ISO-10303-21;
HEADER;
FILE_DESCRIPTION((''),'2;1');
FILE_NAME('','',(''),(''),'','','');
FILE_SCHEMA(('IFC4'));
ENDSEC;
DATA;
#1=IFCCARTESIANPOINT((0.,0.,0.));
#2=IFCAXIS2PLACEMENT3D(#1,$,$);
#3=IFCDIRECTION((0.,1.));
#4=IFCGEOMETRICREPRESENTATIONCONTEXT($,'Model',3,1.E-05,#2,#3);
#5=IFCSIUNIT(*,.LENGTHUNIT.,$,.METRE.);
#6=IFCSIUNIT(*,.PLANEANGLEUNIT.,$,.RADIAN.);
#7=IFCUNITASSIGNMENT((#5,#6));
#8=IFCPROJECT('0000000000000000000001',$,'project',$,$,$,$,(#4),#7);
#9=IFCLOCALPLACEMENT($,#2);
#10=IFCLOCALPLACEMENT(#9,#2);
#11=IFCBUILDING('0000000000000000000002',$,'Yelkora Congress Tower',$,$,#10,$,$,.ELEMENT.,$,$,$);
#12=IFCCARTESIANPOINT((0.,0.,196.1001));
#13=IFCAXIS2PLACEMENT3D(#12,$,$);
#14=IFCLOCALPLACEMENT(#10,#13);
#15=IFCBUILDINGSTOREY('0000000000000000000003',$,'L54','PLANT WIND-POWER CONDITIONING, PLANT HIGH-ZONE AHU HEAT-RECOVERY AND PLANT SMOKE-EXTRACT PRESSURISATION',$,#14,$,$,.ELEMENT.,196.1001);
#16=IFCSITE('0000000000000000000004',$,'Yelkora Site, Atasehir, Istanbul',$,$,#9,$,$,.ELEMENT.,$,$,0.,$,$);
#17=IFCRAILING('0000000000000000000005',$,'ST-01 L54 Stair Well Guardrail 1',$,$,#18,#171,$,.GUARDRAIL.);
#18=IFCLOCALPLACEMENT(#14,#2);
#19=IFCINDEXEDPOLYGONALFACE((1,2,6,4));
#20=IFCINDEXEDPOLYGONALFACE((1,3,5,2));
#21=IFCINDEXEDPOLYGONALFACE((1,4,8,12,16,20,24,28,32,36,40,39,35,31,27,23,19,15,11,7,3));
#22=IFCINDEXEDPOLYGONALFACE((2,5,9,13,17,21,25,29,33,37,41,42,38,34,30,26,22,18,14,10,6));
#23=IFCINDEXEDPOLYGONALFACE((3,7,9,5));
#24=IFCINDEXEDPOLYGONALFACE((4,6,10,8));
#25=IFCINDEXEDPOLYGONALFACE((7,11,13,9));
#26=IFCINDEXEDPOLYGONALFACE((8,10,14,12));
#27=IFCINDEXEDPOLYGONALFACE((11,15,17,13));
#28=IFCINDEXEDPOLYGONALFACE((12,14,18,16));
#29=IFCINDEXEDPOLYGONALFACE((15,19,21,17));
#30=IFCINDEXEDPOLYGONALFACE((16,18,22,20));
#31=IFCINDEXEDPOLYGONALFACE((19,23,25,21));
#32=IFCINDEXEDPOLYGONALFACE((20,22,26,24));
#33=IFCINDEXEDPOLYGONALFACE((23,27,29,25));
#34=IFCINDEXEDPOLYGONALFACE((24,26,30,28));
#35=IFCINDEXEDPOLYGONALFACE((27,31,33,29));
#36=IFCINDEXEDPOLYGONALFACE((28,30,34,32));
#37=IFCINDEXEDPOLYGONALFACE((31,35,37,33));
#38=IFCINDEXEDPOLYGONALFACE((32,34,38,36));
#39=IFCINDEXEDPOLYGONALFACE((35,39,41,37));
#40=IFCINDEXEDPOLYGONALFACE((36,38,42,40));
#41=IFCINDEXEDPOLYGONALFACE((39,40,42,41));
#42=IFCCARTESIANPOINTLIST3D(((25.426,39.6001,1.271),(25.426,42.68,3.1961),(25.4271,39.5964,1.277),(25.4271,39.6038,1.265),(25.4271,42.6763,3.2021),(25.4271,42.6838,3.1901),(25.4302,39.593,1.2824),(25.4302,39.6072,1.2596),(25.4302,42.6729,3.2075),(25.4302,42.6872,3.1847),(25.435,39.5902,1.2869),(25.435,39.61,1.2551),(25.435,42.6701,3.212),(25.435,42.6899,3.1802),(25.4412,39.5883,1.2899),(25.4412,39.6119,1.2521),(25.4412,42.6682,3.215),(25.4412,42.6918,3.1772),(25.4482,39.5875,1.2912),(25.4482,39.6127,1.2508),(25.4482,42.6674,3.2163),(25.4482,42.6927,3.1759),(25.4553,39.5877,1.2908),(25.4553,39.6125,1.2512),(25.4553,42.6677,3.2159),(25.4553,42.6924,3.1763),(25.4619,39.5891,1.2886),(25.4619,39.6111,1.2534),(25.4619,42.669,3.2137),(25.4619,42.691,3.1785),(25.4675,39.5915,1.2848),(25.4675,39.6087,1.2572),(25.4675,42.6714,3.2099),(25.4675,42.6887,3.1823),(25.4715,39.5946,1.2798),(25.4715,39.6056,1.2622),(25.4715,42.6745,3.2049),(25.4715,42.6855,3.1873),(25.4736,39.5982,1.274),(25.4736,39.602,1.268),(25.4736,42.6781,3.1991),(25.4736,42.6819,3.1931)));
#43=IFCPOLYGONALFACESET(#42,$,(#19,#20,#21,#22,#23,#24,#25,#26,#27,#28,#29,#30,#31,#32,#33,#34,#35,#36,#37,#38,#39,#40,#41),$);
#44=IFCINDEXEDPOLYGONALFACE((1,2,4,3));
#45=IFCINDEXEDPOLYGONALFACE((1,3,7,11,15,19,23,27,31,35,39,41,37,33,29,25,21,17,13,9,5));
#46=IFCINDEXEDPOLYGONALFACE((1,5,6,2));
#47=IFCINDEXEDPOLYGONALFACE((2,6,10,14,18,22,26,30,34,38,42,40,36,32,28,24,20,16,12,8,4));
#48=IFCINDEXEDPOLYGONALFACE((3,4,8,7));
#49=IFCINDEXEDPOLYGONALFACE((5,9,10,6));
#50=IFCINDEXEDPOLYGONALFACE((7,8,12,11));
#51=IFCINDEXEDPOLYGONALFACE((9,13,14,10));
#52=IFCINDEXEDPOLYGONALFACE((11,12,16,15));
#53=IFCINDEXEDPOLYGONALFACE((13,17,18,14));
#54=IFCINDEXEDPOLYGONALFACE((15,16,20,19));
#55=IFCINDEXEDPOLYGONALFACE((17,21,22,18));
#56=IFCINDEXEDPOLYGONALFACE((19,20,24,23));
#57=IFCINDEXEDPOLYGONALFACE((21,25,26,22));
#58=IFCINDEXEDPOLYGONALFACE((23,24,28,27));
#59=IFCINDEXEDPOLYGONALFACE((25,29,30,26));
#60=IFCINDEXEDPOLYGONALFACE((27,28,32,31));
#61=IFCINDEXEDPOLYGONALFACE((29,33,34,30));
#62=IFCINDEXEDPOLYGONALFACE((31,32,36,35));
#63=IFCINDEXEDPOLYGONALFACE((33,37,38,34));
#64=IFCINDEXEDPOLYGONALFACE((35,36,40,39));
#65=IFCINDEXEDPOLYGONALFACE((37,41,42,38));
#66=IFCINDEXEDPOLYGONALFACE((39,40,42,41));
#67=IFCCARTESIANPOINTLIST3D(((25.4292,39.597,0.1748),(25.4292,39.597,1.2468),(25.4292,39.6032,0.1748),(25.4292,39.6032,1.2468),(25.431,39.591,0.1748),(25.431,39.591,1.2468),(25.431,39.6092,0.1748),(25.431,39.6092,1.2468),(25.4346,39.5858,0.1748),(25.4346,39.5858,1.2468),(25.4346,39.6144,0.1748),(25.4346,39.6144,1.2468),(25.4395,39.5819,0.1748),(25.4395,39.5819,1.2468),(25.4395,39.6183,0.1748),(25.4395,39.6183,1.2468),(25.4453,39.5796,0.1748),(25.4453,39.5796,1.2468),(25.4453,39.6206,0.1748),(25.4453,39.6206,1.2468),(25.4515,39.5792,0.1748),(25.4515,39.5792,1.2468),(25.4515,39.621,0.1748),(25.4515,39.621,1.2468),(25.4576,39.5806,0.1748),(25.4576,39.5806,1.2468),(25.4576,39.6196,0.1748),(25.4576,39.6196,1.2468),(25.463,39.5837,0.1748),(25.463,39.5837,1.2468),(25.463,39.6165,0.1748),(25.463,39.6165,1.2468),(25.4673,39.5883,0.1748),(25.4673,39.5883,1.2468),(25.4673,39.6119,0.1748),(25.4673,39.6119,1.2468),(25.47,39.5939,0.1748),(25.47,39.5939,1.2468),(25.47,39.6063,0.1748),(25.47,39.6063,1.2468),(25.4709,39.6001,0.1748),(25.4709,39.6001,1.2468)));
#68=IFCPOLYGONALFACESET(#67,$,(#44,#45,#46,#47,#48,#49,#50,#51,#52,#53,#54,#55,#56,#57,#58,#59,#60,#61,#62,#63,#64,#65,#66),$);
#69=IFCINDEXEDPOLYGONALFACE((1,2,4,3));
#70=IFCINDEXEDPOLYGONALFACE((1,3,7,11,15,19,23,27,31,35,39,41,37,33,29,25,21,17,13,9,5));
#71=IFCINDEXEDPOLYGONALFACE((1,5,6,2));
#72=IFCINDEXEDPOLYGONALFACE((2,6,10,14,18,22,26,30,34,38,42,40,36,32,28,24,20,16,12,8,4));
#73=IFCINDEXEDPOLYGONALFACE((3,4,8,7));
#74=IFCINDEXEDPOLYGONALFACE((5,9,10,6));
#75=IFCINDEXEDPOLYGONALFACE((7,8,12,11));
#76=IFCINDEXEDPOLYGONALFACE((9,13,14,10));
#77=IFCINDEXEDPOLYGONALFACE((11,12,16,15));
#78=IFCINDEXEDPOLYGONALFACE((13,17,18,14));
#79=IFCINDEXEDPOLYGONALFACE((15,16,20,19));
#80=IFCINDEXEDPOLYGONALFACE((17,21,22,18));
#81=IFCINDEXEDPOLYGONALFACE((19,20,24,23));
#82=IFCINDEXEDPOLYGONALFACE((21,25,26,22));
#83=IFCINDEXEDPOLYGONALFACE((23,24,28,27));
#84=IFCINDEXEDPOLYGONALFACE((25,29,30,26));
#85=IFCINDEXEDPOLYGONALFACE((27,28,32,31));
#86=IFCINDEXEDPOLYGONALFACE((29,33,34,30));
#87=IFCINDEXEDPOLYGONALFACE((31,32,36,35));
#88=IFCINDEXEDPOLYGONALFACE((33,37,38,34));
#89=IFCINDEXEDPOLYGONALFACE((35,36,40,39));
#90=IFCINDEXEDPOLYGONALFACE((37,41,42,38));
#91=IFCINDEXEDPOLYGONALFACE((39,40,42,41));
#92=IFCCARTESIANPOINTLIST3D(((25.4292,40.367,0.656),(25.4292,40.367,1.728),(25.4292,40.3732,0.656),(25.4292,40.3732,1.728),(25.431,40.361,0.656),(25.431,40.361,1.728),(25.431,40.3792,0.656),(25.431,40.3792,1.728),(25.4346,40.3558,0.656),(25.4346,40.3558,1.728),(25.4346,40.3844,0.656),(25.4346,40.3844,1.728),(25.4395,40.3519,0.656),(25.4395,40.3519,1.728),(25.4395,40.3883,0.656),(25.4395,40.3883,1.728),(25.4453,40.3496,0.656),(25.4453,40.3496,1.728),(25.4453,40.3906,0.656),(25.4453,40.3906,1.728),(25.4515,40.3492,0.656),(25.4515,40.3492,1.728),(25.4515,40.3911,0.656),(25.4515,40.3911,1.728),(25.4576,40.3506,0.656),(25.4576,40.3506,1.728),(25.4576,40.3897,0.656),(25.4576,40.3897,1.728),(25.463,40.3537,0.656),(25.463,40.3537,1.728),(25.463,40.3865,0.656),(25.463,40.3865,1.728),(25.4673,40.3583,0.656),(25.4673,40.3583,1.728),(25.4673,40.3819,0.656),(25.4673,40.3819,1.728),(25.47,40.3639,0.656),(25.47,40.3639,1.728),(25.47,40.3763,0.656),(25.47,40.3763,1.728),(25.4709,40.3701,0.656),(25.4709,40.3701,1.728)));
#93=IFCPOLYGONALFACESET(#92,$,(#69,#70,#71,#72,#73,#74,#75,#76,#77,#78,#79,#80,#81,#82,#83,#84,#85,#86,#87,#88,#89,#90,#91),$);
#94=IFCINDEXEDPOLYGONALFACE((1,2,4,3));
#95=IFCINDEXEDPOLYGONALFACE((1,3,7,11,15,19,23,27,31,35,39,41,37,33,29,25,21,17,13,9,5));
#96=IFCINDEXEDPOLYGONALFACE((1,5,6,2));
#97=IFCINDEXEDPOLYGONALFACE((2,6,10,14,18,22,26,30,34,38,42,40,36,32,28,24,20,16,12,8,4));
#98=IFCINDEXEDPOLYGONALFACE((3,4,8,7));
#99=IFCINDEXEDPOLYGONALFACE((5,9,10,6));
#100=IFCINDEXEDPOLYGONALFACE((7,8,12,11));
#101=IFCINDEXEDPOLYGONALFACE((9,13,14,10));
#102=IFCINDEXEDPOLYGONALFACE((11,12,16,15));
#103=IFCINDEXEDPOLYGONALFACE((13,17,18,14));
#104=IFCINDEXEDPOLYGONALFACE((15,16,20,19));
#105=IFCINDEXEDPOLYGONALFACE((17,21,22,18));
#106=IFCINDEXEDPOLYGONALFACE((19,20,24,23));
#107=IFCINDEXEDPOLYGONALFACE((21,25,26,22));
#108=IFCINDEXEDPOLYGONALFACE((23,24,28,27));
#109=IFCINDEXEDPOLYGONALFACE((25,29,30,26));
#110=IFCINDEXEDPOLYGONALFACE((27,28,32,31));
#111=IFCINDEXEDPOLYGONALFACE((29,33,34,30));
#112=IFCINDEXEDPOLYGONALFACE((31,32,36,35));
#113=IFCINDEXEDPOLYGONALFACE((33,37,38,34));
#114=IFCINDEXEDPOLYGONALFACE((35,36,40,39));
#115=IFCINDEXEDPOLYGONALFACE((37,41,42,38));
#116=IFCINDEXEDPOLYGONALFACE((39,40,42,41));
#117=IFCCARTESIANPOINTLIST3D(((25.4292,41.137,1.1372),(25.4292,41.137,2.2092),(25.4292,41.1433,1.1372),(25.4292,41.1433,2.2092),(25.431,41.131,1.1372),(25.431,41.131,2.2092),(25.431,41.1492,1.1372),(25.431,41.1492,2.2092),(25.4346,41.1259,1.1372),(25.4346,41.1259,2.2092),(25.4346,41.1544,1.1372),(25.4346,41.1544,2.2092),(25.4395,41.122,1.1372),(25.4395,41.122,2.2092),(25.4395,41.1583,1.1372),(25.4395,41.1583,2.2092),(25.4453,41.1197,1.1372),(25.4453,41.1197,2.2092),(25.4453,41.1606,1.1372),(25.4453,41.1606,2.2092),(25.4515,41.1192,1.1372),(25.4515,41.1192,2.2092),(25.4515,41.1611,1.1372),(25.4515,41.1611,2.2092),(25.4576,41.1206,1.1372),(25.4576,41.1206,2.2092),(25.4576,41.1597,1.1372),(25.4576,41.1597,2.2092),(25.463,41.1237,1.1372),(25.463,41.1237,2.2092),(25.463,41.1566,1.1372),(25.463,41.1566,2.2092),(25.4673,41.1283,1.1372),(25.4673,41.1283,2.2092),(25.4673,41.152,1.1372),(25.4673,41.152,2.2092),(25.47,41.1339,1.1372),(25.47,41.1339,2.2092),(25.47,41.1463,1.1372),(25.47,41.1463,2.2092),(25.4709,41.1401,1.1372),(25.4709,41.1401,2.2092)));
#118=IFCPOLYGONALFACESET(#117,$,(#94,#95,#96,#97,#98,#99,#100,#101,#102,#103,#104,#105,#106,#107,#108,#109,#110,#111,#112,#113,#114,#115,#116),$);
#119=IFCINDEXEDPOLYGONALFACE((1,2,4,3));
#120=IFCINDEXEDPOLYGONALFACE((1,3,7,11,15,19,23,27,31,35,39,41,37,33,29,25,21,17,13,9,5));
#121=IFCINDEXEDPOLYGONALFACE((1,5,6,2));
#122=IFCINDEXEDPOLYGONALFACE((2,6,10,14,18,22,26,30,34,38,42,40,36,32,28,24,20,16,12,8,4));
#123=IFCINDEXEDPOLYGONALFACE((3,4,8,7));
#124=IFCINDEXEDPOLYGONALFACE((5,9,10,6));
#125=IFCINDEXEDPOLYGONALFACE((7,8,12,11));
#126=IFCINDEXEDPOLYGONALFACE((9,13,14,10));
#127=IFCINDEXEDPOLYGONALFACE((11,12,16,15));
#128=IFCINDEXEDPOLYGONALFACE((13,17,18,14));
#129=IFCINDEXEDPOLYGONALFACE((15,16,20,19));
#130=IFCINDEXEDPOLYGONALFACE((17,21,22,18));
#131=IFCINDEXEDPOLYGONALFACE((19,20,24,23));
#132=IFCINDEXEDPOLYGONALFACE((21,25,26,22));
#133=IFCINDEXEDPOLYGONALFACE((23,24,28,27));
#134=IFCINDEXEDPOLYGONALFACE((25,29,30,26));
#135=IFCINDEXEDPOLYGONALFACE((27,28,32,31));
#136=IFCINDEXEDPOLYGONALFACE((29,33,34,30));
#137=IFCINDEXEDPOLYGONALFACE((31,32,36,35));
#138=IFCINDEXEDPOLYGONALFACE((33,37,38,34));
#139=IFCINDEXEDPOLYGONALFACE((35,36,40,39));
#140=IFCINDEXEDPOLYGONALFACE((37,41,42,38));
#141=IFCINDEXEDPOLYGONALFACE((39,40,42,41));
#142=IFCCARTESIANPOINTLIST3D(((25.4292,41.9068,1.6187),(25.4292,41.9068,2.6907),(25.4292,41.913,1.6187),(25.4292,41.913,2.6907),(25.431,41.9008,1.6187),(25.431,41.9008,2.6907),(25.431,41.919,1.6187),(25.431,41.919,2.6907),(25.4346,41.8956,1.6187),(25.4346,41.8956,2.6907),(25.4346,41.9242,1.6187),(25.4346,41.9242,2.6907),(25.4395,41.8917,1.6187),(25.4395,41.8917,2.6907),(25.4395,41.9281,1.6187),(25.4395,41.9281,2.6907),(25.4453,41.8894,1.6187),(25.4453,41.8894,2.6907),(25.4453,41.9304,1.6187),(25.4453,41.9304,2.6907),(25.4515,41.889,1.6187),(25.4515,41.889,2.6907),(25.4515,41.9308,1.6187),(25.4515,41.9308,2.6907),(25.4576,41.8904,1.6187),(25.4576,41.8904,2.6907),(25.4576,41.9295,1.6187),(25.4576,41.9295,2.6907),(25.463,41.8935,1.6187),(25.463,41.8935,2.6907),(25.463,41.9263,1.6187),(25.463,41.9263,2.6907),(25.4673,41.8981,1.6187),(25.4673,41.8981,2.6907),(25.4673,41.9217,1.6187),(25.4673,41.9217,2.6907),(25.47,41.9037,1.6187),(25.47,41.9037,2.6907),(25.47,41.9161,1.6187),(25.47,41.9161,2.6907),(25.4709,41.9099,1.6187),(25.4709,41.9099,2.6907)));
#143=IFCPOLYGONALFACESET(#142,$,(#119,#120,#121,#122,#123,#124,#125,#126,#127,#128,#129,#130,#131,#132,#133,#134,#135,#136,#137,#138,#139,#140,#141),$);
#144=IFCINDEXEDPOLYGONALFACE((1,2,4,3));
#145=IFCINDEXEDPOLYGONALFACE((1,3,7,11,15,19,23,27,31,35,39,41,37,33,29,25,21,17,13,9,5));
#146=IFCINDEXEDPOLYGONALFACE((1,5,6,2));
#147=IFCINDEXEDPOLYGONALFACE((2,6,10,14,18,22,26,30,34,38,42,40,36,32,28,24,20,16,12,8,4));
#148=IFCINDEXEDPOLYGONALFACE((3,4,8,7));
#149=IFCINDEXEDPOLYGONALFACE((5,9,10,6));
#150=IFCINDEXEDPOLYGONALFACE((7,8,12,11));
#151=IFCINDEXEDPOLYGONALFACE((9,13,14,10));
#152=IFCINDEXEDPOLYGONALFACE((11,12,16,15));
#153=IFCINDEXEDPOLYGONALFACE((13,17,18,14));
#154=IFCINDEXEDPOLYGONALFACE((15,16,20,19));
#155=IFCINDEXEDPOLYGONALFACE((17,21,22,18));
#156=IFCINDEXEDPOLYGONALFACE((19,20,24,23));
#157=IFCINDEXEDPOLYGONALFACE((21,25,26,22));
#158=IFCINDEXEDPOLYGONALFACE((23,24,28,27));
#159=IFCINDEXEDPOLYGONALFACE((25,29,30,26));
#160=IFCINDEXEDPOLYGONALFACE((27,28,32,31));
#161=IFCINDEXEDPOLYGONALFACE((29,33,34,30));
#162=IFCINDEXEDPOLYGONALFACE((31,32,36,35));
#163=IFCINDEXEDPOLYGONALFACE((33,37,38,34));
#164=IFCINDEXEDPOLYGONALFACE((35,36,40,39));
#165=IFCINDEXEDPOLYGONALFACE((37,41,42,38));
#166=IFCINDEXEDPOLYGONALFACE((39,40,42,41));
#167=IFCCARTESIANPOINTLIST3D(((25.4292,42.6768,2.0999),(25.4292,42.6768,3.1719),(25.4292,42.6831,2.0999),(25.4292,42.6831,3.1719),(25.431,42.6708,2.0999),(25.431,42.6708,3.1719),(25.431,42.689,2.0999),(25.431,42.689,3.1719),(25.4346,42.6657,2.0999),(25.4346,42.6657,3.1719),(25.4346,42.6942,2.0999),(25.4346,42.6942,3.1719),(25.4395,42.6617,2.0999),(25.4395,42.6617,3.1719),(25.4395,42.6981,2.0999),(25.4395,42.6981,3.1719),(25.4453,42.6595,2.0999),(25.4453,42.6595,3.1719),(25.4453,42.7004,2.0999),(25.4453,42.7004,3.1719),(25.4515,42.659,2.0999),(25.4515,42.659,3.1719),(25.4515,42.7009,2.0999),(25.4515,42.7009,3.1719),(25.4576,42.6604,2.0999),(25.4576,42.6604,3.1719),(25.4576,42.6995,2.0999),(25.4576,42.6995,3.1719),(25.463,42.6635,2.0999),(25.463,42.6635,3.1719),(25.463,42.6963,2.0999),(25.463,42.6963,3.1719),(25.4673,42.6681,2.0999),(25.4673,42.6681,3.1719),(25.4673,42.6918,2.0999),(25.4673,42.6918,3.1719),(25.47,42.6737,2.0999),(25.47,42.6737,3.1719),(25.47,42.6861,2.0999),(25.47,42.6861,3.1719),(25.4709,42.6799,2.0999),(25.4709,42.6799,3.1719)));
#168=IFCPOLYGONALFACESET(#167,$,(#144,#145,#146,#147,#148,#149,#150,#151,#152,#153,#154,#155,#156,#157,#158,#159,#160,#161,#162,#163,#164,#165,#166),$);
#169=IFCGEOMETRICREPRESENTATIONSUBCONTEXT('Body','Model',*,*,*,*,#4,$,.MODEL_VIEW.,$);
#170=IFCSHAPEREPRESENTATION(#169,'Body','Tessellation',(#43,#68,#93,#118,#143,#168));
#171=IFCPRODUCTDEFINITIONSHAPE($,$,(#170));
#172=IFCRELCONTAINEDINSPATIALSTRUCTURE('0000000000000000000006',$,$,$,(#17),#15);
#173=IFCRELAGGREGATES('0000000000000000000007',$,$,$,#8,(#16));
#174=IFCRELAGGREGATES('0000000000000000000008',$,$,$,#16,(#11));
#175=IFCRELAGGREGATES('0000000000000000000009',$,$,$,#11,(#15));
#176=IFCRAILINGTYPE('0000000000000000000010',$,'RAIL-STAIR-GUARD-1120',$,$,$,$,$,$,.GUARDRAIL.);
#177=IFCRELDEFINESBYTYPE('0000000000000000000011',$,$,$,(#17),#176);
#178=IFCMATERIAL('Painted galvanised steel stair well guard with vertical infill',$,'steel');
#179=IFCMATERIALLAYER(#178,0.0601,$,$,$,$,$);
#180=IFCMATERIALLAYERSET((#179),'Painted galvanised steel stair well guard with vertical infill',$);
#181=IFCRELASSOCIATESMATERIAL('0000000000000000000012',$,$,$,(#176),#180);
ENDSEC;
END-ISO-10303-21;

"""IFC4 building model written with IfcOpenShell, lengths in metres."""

from ifc_helpers import new_model, si_unit, direction, frame, origin, origin_2d, place, context, subcontext, project, spatial, circle, extrude, material, layer, layer_set, type_object, element, save


model = new_model("IFC4")

# Units and contexts
model_context = context("Model", 3, precision=1e-05, world=origin(), true_north=direction((0.0, 1.0)))
body_context = subcontext(model_context, "Body", "Model", "MODEL_VIEW")
ifc_project = project(units=[si_unit("LENGTHUNIT", "METRE"), si_unit("PLANEANGLEUNIT", "RADIAN")], contexts=[model_context])

# Site, building, storey
site_placement = place(None, origin())
site = spatial("IfcSite", under=ifc_project, at=site_placement, Name="Yelkora Site, Atasehir, Istanbul", CompositionType="ELEMENT", RefElevation=0.0)
building_placement = place(site_placement, origin())
building = spatial("IfcBuilding", under=site, at=building_placement, Name="Yelkora Congress Tower", CompositionType="ELEMENT")
storey_placement = place(building_placement, frame((0.0, 0.0, 196.1001)))
storey = spatial("IfcBuildingStorey", under=building, at=storey_placement, Name="L54", Description="PLANT WIND-POWER CONDITIONING, PLANT HIGH-ZONE AHU HEAT-RECOVERY AND PLANT SMOKE-EXTRACT PRESSURISATION", CompositionType="ELEMENT", Elevation=196.1001)

# Railing
ifc_material_1 = material(Name="Painted galvanised steel stair well guard with vertical infill", Category="steel")
ifc_layer_1 = layer(ifc_material_1, 0.0601)
ifc_layer_set_1 = layer_set([ifc_layer_1], Name="Painted galvanised steel stair well guard with vertical infill")
railing_type_1 = type_object("IfcRailingType", Name="RAIL-STAIR-GUARD-1120", PredefinedType="GUARDRAIL", material=ifc_layer_set_1)
railing_1_placement = place(storey_placement, frame((25.45, 39.6001, 0.1748)))
element("IfcRailing", 1, at=railing_1_placement, inside=storey, type_object=railing_type_1, Name="ST-01 L54 Stair Well Guardrail 1", PredefinedType="GUARDRAIL", context=body_context, shape_type="SweptSolid", body=[
    extrude(circle(Radius=0.0239, at=origin_2d()), frame((0.0, 0.0, 1.0962), z_axis=(0.0, 0.847979, 0.530029), x_axis=(-1.0, 0.0, 0.0)), (0.0, 0.0, 1.0), 3.6321),
    extrude(circle(Radius=0.021, at=origin_2d()), origin(), (0.0, 0.0, 1.0), 1.072),
    extrude(circle(Radius=0.021, at=origin_2d()), frame((0.0, 0.77, 0.4812)), (0.0, 0.0, 1.0), 1.072),
    extrude(circle(Radius=0.021, at=origin_2d()), frame((0.0, 1.54, 0.9624)), (0.0, 0.0, 1.0), 1.072),
    extrude(circle(Radius=0.021, at=origin_2d()), frame((0.0, 2.3098, 1.4438)), (0.0, 0.0, 1.0), 1.072),
    extrude(circle(Radius=0.021, at=origin_2d()), frame((0.0, 3.0798, 1.925)), (0.0, 0.0, 1.0), 1.072),
])

save(model, "model.ifc")
